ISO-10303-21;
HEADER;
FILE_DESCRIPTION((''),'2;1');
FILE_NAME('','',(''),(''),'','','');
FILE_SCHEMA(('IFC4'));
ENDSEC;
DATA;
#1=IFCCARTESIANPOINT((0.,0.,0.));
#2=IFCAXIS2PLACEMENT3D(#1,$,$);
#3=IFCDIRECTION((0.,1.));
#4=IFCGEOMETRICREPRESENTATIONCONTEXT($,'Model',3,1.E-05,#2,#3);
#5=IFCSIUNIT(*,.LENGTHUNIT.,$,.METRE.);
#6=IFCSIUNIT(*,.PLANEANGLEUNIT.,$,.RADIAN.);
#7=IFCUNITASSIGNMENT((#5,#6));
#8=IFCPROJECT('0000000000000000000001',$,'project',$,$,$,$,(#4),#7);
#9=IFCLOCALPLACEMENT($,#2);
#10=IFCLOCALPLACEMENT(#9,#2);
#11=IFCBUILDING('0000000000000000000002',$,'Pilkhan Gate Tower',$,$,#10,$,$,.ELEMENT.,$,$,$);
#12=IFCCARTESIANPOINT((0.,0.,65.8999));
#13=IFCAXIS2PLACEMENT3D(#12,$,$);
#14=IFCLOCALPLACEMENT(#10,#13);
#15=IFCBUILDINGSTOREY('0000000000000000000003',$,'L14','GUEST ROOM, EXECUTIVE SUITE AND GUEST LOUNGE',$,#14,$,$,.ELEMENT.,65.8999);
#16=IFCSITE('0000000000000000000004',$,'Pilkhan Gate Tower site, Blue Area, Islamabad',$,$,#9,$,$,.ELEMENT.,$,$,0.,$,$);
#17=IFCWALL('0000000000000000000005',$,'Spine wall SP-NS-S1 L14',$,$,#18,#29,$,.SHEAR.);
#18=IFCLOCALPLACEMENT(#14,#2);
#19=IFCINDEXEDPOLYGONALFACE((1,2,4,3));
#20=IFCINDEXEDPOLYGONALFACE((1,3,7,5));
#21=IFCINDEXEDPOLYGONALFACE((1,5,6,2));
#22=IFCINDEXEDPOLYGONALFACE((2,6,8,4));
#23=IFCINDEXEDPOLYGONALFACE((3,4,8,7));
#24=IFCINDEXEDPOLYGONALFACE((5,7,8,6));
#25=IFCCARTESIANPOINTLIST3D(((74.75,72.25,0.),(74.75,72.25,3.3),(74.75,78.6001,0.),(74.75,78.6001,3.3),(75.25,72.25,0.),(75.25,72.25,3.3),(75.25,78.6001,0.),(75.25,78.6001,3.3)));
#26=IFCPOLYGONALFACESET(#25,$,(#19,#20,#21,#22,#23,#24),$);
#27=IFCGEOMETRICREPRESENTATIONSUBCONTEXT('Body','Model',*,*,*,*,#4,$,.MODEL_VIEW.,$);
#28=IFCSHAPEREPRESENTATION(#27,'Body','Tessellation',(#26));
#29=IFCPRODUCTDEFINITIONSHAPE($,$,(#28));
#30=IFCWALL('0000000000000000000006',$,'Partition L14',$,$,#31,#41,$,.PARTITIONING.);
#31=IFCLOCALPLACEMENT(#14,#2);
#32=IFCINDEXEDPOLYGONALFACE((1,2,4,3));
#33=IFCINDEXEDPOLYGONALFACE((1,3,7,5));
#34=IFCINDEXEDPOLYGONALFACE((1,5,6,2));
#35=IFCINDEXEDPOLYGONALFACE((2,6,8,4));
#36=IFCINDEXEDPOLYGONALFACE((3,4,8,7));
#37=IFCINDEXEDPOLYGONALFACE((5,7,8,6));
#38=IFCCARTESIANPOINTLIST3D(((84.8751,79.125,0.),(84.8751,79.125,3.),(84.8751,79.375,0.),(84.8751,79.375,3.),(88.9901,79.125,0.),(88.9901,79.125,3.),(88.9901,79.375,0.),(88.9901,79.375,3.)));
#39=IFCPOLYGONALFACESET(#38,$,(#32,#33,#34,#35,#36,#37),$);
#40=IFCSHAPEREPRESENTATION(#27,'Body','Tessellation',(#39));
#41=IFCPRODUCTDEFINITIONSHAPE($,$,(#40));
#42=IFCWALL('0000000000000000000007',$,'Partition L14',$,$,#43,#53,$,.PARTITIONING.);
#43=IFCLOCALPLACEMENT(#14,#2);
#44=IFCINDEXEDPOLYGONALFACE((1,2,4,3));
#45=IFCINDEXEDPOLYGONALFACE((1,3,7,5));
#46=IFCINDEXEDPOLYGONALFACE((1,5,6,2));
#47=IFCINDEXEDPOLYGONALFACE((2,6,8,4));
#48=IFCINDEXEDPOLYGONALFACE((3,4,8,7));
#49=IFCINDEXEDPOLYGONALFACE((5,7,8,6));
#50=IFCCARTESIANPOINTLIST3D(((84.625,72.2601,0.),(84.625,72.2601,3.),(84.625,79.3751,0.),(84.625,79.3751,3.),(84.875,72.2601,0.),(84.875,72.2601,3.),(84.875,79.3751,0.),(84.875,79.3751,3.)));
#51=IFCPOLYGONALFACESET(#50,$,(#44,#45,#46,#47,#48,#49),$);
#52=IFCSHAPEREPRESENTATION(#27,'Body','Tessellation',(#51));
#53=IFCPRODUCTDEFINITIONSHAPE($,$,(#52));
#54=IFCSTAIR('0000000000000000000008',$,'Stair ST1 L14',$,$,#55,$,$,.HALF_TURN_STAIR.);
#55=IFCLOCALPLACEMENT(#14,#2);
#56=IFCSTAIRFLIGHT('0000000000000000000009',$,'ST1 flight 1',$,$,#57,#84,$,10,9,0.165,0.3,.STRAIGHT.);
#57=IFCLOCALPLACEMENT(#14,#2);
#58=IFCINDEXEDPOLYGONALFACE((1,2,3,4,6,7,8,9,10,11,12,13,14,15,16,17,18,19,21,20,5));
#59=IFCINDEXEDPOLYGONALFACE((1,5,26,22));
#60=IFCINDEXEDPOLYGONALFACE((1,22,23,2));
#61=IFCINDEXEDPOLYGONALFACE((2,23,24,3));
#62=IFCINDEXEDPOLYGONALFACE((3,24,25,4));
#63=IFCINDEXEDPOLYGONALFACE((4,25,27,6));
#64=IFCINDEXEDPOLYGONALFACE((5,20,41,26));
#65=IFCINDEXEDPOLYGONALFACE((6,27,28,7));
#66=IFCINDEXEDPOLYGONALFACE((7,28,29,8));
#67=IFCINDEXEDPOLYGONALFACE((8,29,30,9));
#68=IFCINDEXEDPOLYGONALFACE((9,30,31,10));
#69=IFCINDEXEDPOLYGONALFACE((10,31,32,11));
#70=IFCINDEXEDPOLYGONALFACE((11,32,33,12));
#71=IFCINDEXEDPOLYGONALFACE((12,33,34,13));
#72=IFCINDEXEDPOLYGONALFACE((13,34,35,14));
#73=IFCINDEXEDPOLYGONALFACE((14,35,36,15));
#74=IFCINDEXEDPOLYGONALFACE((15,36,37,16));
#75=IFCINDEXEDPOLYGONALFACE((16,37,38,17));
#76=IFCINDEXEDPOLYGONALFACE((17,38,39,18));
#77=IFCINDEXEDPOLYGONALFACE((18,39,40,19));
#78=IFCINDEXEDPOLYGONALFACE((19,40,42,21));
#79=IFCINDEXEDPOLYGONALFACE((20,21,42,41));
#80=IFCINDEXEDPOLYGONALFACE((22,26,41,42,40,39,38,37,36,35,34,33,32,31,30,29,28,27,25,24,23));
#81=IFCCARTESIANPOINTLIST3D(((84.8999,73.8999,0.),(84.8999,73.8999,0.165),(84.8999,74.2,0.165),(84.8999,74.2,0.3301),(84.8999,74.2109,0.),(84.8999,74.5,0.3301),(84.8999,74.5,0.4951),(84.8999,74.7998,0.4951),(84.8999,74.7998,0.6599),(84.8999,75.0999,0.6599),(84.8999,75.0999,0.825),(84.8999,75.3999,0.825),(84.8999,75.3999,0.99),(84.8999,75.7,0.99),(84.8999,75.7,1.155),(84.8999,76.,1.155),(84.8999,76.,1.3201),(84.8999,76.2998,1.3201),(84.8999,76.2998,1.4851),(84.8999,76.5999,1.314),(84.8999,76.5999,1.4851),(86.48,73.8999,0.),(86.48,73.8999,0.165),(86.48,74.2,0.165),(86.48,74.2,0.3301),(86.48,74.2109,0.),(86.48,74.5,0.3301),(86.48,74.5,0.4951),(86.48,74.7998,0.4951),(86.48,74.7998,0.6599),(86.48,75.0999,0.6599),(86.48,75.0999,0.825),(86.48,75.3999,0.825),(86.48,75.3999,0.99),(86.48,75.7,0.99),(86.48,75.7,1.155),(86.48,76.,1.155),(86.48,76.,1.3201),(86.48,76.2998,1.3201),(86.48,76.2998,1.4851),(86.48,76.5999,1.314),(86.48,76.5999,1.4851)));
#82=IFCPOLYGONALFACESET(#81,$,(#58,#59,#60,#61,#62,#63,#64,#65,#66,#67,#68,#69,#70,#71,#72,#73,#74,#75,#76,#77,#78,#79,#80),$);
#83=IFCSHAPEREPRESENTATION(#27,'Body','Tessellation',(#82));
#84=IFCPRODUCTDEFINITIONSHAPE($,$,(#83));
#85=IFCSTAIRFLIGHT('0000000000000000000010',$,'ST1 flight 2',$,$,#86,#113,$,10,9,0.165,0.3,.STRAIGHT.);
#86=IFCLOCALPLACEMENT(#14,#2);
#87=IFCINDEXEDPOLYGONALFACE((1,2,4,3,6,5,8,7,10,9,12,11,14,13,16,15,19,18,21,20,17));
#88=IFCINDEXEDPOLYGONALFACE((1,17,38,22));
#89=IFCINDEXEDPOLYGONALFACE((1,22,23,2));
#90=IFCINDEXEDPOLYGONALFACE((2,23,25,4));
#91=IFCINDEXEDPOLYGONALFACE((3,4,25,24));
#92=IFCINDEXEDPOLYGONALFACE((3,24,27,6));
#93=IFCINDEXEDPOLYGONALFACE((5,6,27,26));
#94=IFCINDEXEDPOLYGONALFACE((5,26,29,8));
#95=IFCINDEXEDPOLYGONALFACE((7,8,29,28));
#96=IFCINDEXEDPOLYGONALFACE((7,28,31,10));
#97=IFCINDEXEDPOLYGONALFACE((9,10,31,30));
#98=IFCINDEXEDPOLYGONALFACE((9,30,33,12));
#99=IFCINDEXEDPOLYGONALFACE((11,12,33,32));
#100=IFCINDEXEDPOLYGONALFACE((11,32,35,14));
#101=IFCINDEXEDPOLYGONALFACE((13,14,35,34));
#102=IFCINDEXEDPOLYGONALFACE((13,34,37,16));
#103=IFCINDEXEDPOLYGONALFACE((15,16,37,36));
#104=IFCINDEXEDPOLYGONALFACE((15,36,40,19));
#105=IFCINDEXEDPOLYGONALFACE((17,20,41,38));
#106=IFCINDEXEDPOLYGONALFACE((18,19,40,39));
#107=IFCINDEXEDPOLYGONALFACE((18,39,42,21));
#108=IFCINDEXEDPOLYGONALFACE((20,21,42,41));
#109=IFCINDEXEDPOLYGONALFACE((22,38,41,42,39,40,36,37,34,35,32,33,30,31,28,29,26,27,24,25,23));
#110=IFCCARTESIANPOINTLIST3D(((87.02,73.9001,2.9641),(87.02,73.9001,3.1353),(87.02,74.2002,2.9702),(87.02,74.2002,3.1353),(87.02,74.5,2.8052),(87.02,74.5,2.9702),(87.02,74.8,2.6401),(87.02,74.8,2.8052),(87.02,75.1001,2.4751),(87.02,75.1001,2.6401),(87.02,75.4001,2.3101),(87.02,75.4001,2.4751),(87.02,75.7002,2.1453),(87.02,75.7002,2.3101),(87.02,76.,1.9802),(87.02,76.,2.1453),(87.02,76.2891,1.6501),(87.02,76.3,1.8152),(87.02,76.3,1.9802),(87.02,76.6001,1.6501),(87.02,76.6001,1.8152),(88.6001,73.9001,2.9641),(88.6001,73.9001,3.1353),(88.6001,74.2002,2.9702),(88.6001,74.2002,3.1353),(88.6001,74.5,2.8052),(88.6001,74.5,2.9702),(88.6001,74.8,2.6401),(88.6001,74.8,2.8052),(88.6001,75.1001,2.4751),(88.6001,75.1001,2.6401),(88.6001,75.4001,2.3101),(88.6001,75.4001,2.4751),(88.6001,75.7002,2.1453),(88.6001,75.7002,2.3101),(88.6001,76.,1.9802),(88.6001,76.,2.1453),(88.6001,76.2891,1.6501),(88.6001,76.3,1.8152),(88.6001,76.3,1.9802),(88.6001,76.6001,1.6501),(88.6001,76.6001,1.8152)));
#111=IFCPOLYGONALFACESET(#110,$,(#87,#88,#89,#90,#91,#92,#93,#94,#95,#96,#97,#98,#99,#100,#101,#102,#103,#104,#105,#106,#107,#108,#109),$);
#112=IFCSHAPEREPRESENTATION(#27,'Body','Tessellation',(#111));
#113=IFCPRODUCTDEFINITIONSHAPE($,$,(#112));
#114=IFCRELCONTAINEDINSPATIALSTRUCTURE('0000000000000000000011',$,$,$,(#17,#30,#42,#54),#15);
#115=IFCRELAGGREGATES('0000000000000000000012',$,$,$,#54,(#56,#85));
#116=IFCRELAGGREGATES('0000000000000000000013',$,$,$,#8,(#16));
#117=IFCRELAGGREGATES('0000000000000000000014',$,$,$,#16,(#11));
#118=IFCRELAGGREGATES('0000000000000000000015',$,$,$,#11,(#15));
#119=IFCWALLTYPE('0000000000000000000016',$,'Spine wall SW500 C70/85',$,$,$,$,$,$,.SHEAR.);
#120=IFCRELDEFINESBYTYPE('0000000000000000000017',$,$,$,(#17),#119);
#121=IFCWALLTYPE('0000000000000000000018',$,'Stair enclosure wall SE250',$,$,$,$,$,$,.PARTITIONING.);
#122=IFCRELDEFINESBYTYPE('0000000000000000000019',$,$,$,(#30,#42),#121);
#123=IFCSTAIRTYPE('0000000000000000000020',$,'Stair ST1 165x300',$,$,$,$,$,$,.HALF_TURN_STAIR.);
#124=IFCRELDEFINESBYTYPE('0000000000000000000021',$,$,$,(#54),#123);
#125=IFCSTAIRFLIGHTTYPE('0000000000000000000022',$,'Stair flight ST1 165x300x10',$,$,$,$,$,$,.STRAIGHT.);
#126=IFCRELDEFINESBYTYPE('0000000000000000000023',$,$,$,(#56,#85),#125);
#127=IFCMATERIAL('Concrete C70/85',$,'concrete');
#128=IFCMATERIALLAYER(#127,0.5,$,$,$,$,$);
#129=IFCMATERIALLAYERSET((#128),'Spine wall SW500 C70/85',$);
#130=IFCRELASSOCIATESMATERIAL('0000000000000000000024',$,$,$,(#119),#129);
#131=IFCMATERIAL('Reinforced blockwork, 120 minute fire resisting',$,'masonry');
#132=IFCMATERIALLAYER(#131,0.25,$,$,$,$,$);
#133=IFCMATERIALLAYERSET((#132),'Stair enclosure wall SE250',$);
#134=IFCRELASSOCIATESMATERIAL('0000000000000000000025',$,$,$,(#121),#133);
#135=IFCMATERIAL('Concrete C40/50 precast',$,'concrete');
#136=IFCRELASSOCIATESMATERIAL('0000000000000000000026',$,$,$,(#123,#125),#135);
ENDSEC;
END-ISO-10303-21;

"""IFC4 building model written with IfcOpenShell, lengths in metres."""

from ifc_helpers import new_model, si_unit, direction, frame, frame_2d, origin, place, context, subcontext, project, spatial, polyline, rectangle, outline, extrude, material, layer, layer_set, type_object, element, aggregate, save


model = new_model("IFC4")

# Units and contexts
model_context = context("Model", 3, precision=1e-05, world=origin(), true_north=direction((0.0, 1.0)))
body_context = subcontext(model_context, "Body", "Model", "MODEL_VIEW")
ifc_project = project(units=[si_unit("LENGTHUNIT", "METRE"), si_unit("PLANEANGLEUNIT", "RADIAN")], contexts=[model_context])

# Site, building, storey
site_placement = place(None, origin())
site = spatial("IfcSite", under=ifc_project, at=site_placement, Name="Pilkhan Gate Tower site, Blue Area, Islamabad", CompositionType="ELEMENT", RefElevation=0.0)
building_placement = place(site_placement, origin())
building = spatial("IfcBuilding", under=site, at=building_placement, Name="Pilkhan Gate Tower", CompositionType="ELEMENT")
storey_placement = place(building_placement, frame((0.0, 0.0, 65.8999)))
storey = spatial("IfcBuildingStorey", under=building, at=storey_placement, Name="L14", Description="GUEST ROOM, EXECUTIVE SUITE AND GUEST LOUNGE", CompositionType="ELEMENT", Elevation=65.8999)

# Shared definitions
ifc_material_1 = material(Name="Concrete C70/85", Category="concrete")

# Walls
ifc_layer_1 = layer(ifc_material_1, 0.5)
ifc_layer_set_1 = layer_set([ifc_layer_1], Name="Spine wall SW500 C70/85")
wall_type_1 = type_object("IfcWallType", Name="Spine wall SW500 C70/85", PredefinedType="SHEAR", material=ifc_layer_set_1)
wall_1_placement = place(storey_placement, frame((75.0, 72.25, 0.0), z_axis=(0.0, 0.0, 1.0), x_axis=(0.0, 1.0, 0.0)))
element("IfcWall", 1, at=wall_1_placement, inside=storey, type_object=wall_type_1, Name="Spine wall SP-NS-S1 L14", PredefinedType="SHEAR", context=body_context, shape_type="SweptSolid", body=[
    extrude(rectangle(XDim=6.3501, YDim=0.5, at=frame_2d((3.175, 0.0))), origin(), (0.0, 0.0, 1.0), 3.3),
])
ifc_material_2 = material(Name="Reinforced blockwork, 120 minute fire resisting", Category="masonry")
ifc_layer_2 = layer(ifc_material_2, 0.25)
ifc_layer_set_2 = layer_set([ifc_layer_2], Name="Stair enclosure wall SE250")
wall_type_2 = type_object("IfcWallType", Name="Stair enclosure wall SE250", PredefinedType="PARTITIONING", material=ifc_layer_set_2)
wall_2_placement = place(storey_placement, frame((84.875, 79.25, 0.0), z_axis=(0.0, 0.0, 1.0), x_axis=(1.0, 0.0, 0.0)))
element("IfcWall", 2, at=wall_2_placement, inside=storey, type_object=wall_type_2, Name="Partition L14", PredefinedType="PARTITIONING", context=body_context, shape_type="SweptSolid", body=[
    extrude(rectangle(XDim=4.115, YDim=0.25, at=frame_2d((2.0576, 0.0))), origin(), (0.0, 0.0, 1.0), 3.0),
])
wall_3_placement = place(storey_placement, frame((84.75, 72.26, 0.0), z_axis=(0.0, 0.0, 1.0), x_axis=(0.0, 1.0, 0.0)))
element("IfcWall", 3, at=wall_3_placement, inside=storey, type_object=wall_type_2, Name="Partition L14", PredefinedType="PARTITIONING", context=body_context, shape_type="SweptSolid", body=[
    extrude(rectangle(XDim=7.115, YDim=0.25, at=frame_2d((3.5576, 0.0))), origin(), (0.0, 0.0, 1.0), 3.0),
])

# Stair, stair flights
ifc_material_3 = material(Name="Concrete C40/50 precast", Category="concrete")
stair_type = type_object("IfcStairType", Name="Stair ST1 165x300", PredefinedType="HALF_TURN_STAIR", material=ifc_material_3)
stair_placement = place(storey_placement, origin())
stair = element("IfcStair", 4, at=stair_placement, inside=storey, type_object=stair_type, Name="Stair ST1 L14", PredefinedType="HALF_TURN_STAIR")
stair_flight_type = type_object("IfcStairFlightType", Name="Stair flight ST1 165x300x10", PredefinedType="STRAIGHT", material=ifc_material_3)
stair_flight_1_placement = place(storey_placement, frame((85.6899, 73.8999, 0.0), z_axis=(0.0, 0.0, 1.0), x_axis=(0.0, 1.0, 0.0)))
stair_flight_1 = element("IfcStairFlight", 5, at=stair_flight_1_placement, type_object=stair_flight_type, Name="ST1 flight 1", NumberOfRisers=10, NumberOfTreads=9, PredefinedType="STRAIGHT", RiserHeight=0.165, TreadLength=0.3, context=body_context, shape_type="SweptSolid", body=[
    extrude(outline(polyline([(0.0, 0.0), (0.0, 0.165), (0.3, 0.165), (0.3, 0.3301), (0.6001, 0.3301), (0.6001, 0.4951), (0.8999, 0.4951), (0.8999, 0.6599), (1.2, 0.6599), (1.2, 0.825), (1.5, 0.825), (1.5, 0.99), (1.8, 0.99), (1.8, 1.155), (2.1001, 1.155), (2.1001, 1.3201), (2.3999, 1.3201), (2.3999, 1.4851), (2.7, 1.4851), (2.7, 1.6499), (2.7, 1.314), (0.311, 0.0), (0.0, 0.0)])), frame((0.0, 0.79, 0.0), z_axis=(0.0, -1.0, 0.0), x_axis=(1.0, 0.0, 0.0)), (0.0, 0.0, 1.0), 1.5801),
])
stair_flight_2_placement = place(storey_placement, frame((87.8101, 76.6001, 1.6501), z_axis=(0.0, 0.0, 1.0), x_axis=(0.0, -1.0, 0.0)))
stair_flight_2 = element("IfcStairFlight", 6, at=stair_flight_2_placement, type_object=stair_flight_type, Name="ST1 flight 2", NumberOfRisers=10, NumberOfTreads=9, PredefinedType="STRAIGHT", RiserHeight=0.165, TreadLength=0.3, context=body_context, shape_type="SweptSolid", body=[
    extrude(outline(polyline([(0.0, 0.0), (0.0, 0.165), (0.3, 0.165), (0.3, 0.3301), (0.6001, 0.3301), (0.6001, 0.4951), (0.8999, 0.4951), (0.8999, 0.6599), (1.2, 0.6599), (1.2, 0.825), (1.5, 0.825), (1.5, 0.99), (1.8, 0.99), (1.8, 1.155), (2.1001, 1.155), (2.1001, 1.3201), (2.3999, 1.3201), (2.3999, 1.4851), (2.7, 1.4851), (2.7, 1.6499), (2.7, 1.314), (0.311, 0.0), (0.0, 0.0)])), frame((0.0, 0.79, 0.0), z_axis=(0.0, -1.0, 0.0), x_axis=(1.0, 0.0, 0.0)), (0.0, 0.0, 1.0), 1.5801),
])
aggregate(stair, [stair_flight_1, stair_flight_2])

save(model, "model.ifc")
